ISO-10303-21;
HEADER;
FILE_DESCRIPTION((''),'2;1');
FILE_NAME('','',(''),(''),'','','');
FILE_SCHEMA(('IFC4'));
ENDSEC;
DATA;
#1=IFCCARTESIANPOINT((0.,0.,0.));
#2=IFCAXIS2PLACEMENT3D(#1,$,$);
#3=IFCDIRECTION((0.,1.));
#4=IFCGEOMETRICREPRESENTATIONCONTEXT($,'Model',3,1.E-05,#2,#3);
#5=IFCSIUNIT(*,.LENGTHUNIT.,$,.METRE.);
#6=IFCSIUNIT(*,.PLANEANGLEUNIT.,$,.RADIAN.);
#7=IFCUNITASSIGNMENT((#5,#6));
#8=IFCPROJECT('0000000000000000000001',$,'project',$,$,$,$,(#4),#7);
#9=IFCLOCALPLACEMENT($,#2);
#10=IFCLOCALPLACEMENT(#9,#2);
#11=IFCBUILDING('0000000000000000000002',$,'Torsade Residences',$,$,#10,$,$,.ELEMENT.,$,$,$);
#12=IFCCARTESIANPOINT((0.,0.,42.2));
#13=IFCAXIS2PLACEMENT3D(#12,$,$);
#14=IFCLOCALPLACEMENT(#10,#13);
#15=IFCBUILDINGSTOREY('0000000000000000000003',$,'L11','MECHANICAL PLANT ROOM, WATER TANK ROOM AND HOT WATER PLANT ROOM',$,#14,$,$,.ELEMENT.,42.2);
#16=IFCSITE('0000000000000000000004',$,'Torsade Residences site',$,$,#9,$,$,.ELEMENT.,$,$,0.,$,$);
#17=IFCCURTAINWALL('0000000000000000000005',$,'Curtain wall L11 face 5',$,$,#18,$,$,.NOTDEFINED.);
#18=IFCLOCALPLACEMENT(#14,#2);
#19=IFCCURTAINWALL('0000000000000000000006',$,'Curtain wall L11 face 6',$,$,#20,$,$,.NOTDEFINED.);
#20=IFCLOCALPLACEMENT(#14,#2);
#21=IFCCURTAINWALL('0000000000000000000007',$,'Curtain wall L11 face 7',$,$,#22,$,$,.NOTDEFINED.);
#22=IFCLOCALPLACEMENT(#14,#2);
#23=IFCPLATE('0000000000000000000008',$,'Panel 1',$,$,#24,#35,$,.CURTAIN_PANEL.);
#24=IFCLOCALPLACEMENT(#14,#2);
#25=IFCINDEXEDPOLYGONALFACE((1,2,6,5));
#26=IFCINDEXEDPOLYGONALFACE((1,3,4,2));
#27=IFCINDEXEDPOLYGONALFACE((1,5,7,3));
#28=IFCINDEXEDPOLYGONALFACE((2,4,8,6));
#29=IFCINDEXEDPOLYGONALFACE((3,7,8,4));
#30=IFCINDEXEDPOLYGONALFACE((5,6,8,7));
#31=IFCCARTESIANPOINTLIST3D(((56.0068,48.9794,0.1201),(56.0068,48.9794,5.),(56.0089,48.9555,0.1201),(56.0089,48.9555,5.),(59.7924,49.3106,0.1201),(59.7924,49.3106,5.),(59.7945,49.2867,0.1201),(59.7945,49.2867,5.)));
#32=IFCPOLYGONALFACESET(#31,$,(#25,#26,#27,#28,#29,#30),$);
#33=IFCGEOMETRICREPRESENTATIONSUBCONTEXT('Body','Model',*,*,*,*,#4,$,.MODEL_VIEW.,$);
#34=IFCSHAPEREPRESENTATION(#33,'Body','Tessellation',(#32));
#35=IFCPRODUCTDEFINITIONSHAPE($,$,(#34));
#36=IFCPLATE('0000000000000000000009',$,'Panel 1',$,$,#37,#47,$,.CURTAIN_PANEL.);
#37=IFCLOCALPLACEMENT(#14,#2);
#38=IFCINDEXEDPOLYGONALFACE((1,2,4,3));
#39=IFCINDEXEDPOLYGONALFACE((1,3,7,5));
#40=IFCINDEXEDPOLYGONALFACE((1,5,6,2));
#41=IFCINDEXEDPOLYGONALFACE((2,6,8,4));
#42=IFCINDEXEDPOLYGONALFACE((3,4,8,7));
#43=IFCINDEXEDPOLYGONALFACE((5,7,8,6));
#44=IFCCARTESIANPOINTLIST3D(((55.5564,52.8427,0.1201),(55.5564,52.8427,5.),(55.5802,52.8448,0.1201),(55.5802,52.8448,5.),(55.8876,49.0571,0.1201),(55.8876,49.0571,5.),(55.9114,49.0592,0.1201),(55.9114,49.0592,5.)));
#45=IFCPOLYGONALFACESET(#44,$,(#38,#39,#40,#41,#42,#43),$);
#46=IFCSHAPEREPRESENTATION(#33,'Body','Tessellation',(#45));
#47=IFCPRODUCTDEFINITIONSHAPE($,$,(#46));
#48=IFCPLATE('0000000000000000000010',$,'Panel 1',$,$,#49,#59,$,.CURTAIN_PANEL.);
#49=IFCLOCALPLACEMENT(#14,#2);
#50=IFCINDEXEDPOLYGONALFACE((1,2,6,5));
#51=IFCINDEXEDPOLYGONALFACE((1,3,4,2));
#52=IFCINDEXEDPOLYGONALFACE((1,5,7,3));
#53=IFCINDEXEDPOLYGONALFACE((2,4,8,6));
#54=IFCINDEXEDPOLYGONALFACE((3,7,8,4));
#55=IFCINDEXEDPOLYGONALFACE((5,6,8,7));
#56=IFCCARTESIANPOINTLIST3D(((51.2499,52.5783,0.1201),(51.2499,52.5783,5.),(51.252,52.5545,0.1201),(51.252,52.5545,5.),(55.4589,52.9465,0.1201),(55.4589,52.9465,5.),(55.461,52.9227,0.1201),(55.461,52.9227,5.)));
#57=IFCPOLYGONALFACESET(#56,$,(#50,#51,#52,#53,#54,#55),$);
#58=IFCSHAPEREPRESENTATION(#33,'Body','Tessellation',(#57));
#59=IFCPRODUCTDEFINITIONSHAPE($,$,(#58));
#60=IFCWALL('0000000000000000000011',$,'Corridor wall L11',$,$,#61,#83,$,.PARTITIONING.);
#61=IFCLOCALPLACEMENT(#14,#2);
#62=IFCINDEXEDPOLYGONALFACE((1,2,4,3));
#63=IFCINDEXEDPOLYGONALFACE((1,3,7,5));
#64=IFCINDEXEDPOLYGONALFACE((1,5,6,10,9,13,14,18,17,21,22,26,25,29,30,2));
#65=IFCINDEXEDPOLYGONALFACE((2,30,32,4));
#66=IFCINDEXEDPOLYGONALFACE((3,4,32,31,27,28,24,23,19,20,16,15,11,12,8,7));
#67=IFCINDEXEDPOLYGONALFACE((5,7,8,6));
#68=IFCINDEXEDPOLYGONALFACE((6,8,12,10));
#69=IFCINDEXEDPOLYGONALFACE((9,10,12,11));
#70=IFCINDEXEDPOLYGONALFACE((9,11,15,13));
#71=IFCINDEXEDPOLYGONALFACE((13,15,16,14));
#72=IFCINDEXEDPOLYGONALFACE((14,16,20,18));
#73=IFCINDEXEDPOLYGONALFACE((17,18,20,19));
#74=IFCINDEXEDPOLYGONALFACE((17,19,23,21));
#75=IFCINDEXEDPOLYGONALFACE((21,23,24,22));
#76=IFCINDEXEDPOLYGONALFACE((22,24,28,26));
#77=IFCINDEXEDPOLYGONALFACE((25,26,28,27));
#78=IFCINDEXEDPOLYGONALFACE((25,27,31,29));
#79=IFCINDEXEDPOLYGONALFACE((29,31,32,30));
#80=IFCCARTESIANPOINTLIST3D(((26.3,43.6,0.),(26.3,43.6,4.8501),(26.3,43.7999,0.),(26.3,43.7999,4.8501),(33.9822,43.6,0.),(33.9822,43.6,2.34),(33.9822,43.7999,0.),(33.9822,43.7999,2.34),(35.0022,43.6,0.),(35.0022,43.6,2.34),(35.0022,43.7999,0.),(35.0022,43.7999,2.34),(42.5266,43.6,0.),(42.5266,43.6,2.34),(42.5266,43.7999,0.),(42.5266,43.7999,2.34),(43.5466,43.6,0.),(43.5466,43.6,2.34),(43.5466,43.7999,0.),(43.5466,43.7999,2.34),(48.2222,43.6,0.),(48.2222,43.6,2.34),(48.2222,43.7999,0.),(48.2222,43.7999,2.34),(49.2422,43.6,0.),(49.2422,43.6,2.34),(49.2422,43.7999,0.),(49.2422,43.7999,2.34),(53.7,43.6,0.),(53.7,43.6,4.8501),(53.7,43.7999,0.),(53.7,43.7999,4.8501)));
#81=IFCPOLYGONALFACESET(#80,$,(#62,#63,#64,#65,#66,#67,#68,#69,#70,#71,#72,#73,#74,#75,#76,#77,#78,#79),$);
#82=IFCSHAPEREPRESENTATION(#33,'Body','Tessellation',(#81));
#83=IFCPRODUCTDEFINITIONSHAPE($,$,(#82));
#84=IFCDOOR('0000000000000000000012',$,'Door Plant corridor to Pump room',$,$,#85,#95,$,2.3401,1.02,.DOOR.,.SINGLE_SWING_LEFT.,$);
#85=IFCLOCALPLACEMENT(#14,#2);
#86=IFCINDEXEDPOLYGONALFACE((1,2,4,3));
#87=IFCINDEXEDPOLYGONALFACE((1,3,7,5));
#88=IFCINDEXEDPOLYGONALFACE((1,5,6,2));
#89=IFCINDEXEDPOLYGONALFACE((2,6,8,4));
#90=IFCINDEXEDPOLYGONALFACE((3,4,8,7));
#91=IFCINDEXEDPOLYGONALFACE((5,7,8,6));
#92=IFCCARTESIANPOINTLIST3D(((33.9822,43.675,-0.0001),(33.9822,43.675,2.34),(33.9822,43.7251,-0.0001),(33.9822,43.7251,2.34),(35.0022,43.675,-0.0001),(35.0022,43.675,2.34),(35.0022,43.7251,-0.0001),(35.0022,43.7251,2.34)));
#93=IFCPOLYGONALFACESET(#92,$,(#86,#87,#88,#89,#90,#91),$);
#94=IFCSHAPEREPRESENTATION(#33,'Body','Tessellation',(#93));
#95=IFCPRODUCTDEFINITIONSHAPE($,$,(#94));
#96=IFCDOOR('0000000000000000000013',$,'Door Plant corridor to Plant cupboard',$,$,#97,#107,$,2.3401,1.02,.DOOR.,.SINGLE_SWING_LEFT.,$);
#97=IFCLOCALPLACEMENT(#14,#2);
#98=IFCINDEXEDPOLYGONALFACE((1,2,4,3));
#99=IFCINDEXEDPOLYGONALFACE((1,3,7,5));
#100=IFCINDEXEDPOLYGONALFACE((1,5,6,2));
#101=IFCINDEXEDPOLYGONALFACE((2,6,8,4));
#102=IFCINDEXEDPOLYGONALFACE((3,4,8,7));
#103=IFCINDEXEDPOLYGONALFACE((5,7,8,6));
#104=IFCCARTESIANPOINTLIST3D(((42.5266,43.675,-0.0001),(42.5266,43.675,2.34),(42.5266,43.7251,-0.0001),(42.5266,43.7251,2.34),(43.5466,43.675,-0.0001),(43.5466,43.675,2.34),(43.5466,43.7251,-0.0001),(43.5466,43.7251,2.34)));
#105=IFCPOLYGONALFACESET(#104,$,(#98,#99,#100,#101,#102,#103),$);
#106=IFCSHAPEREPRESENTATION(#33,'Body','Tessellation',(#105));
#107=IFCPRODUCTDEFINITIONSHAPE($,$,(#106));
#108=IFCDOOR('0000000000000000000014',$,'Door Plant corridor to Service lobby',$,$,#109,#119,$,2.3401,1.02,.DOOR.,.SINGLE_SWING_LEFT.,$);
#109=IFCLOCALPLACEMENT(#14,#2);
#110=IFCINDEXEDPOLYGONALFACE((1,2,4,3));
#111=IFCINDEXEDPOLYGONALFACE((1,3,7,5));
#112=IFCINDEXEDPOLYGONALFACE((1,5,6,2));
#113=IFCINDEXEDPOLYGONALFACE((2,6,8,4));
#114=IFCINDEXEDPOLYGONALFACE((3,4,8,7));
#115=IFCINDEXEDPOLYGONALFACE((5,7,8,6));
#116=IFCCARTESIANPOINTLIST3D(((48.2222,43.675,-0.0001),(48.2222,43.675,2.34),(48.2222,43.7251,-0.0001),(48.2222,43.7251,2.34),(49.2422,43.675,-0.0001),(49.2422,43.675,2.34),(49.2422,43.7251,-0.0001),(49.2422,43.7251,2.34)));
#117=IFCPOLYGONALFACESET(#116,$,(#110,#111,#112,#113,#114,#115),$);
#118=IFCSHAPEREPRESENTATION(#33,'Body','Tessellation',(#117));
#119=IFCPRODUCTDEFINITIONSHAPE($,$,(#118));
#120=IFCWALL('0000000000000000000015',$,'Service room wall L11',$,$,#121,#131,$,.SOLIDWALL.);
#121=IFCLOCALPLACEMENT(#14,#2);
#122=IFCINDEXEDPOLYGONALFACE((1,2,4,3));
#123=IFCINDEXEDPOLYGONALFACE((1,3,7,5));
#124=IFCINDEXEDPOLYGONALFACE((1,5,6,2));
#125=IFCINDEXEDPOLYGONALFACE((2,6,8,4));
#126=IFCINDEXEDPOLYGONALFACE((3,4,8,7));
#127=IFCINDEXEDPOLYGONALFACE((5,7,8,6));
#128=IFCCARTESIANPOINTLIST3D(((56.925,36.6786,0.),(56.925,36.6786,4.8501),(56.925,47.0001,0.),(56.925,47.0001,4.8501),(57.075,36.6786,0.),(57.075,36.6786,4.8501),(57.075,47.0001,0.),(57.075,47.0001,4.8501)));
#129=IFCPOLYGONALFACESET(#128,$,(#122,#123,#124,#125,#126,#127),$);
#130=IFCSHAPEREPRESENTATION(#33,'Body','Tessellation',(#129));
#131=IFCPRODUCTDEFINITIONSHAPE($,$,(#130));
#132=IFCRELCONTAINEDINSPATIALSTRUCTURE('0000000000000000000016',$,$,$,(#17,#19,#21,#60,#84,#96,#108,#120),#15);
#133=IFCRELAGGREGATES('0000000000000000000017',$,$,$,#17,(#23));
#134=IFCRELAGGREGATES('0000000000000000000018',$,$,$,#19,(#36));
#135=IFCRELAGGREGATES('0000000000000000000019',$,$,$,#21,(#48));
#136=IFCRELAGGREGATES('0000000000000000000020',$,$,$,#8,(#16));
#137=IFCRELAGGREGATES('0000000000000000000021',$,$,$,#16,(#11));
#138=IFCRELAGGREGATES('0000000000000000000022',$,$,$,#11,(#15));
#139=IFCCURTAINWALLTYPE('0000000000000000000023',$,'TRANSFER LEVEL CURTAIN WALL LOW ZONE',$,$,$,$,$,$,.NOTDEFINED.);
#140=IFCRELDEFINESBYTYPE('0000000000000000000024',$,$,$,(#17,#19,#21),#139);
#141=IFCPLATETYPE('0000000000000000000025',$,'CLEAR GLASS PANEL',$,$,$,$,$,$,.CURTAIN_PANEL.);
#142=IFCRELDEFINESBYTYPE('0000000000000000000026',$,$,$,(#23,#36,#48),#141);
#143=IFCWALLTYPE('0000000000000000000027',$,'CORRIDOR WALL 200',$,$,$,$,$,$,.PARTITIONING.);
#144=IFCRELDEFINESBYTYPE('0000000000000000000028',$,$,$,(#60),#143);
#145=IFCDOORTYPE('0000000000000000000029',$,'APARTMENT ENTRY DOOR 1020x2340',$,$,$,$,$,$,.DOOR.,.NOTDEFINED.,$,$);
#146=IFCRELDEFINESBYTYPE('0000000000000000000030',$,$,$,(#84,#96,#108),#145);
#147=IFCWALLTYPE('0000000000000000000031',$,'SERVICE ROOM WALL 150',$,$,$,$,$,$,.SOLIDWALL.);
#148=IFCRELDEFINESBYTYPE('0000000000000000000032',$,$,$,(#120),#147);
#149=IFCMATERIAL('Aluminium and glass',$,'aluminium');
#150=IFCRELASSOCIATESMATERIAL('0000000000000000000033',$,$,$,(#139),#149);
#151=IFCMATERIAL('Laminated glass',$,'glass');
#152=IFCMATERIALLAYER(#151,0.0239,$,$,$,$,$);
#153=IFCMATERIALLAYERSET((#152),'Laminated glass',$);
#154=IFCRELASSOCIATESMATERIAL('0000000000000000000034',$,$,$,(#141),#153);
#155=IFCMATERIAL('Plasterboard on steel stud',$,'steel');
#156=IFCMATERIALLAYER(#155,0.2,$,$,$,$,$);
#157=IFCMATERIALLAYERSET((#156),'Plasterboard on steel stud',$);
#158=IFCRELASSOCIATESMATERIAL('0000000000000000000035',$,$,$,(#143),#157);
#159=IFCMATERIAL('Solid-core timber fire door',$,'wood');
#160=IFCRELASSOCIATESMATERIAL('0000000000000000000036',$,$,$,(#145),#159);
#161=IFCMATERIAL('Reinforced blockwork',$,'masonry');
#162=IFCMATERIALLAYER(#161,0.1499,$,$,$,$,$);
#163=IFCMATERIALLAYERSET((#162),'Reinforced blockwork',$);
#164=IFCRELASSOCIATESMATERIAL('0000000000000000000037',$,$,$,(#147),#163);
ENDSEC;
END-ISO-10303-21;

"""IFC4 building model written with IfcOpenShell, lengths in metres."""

from ifc_helpers import new_model, si_unit, direction, frame, frame_2d, origin, origin_2d, place, context, subcontext, project, spatial, rectangle, extrude, material, layer, layer_set, type_object, element, fill, aggregate, save


model = new_model("IFC4")

# Units and contexts
model_context = context("Model", 3, precision=1e-05, world=origin(), true_north=direction((0.0, 1.0)))
body_context = subcontext(model_context, "Body", "Model", "MODEL_VIEW")
ifc_project = project(units=[si_unit("LENGTHUNIT", "METRE"), si_unit("PLANEANGLEUNIT", "RADIAN")], contexts=[model_context])

# Site, building, storey
site_placement = place(None, origin())
site = spatial("IfcSite", under=ifc_project, at=site_placement, Name="Torsade Residences site", CompositionType="ELEMENT", RefElevation=0.0)
building_placement = place(site_placement, origin())
building = spatial("IfcBuilding", under=site, at=building_placement, Name="Torsade Residences", CompositionType="ELEMENT")
storey_placement = place(building_placement, frame((0.0, 0.0, 42.2)))
storey = spatial("IfcBuildingStorey", under=building, at=storey_placement, Name="L11", Description="MECHANICAL PLANT ROOM, WATER TANK ROOM AND HOT WATER PLANT ROOM", CompositionType="ELEMENT", Elevation=42.2)

# Curtain walls
ifc_material_1 = material(Name="Aluminium and glass", Category="aluminium")
curtain_wall_type = type_object("IfcCurtainWallType", Name="TRANSFER LEVEL CURTAIN WALL LOW ZONE", PredefinedType="NOTDEFINED", material=ifc_material_1)
curtain_wall_1_placement = place(storey_placement, origin())
curtain_wall_1 = element("IfcCurtainWall", 1, at=curtain_wall_1_placement, inside=storey, type_object=curtain_wall_type, Name="Curtain wall L11 face 5", PredefinedType="NOTDEFINED")
curtain_wall_2_placement = place(storey_placement, origin())
curtain_wall_2 = element("IfcCurtainWall", 2, at=curtain_wall_2_placement, inside=storey, type_object=curtain_wall_type, Name="Curtain wall L11 face 6", PredefinedType="NOTDEFINED")

# Curtain wall
curtain_wall_3_placement = place(storey_placement, origin())
curtain_wall_3 = element("IfcCurtainWall", 3, at=curtain_wall_3_placement, inside=storey, type_object=curtain_wall_type, Name="Curtain wall L11 face 7", PredefinedType="NOTDEFINED")

# Plates
ifc_material_2 = material(Name="Laminated glass", Category="glass")
ifc_layer_1 = layer(ifc_material_2, 0.0239)
ifc_layer_set_1 = layer_set([ifc_layer_1], Name="Laminated glass")
plate_type = type_object("IfcPlateType", Name="CLEAR GLASS PANEL", PredefinedType="CURTAIN_PANEL", material=ifc_layer_set_1)
plate_1_placement = place(storey_placement, frame((57.9006, 49.1331, 0.1201), z_axis=(0.0, 0.0, 1.0), x_axis=(-0.996195, -0.087156, 0.0)))
plate_1 = element("IfcPlate", 4, at=plate_1_placement, type_object=plate_type, Name="Panel 1", PredefinedType="CURTAIN_PANEL", context=body_context, shape_type="SweptSolid", body=[
    extrude(rectangle(XDim=3.8, YDim=0.0239, at=origin_2d()), origin(), (0.0, 0.0, 1.0), 4.8799),
])
aggregate(curtain_wall_1, [plate_1])
plate_2_placement = place(storey_placement, frame((55.7339, 50.9509, 0.1201), z_axis=(0.0, 0.0, 1.0), x_axis=(-0.087156, 0.996195, 0.0)))
plate_2 = element("IfcPlate", 5, at=plate_2_placement, type_object=plate_type, Name="Panel 1", PredefinedType="CURTAIN_PANEL", context=body_context, shape_type="SweptSolid", body=[
    extrude(rectangle(XDim=3.8, YDim=0.0239, at=origin_2d()), origin(), (0.0, 0.0, 1.0), 4.8799),
])
aggregate(curtain_wall_2, [plate_2])
plate_3_placement = place(storey_placement, frame((53.3555, 52.7505, 0.1201), z_axis=(0.0, 0.0, 1.0), x_axis=(-0.996195, -0.087156, 0.0)))
plate_3 = element("IfcPlate", 6, at=plate_3_placement, type_object=plate_type, Name="Panel 1", PredefinedType="CURTAIN_PANEL", context=body_context, shape_type="SweptSolid", body=[
    extrude(rectangle(XDim=4.2251, YDim=0.0239, at=origin_2d()), origin(), (0.0, 0.0, 1.0), 4.8799),
])
aggregate(curtain_wall_3, [plate_3])

# Wall, openings, doors
ifc_material_3 = material(Name="Plasterboard on steel stud", Category="steel")
ifc_layer_2 = layer(ifc_material_3, 0.2)
ifc_layer_set_2 = layer_set([ifc_layer_2], Name="Plasterboard on steel stud")
wall_type_1 = type_object("IfcWallType", Name="CORRIDOR WALL 200", PredefinedType="PARTITIONING", material=ifc_layer_set_2)
wall_1_placement = place(storey_placement, frame((53.7, 43.7, 0.0), z_axis=(0.0, 0.0, 1.0), x_axis=(-1.0, 0.0, 0.0)))
wall_1 = element("IfcWall", 7, at=wall_1_placement, inside=storey, type_object=wall_type_1, Name="Corridor wall L11", PredefinedType="PARTITIONING", context=body_context, shape_type="SweptSolid", body=[
    extrude(rectangle(XDim=27.3999, YDim=0.2, at=frame_2d((13.7, 0.0))), origin(), (0.0, 0.0, 1.0), 4.8501),
])
opening_1_placement = place(wall_1_placement, frame((18.6978, 0.0, 0.0)))
opening_1 = element("IfcOpeningElement", 8, at=opening_1_placement, cuts=wall_1, PredefinedType="OPENING", context=body_context, shape_type="SweptSolid", body=[
    extrude(rectangle(XDim=1.02, YDim=2.3401, at=frame_2d((0.51, 1.1699))), frame((0.0, 0.1099, 0.0), z_axis=(0.0, -1.0, 0.0), x_axis=(1.0, 0.0, 0.0)), (0.0, 0.0, 1.0), 0.22),
])
opening_2_placement = place(wall_1_placement, frame((10.1533, 0.0, 0.0)))
opening_2 = element("IfcOpeningElement", 9, at=opening_2_placement, cuts=wall_1, PredefinedType="OPENING", context=body_context, shape_type="SweptSolid", body=[
    extrude(rectangle(XDim=1.02, YDim=2.3401, at=frame_2d((0.51, 1.1699))), frame((0.0, 0.1099, 0.0), z_axis=(0.0, -1.0, 0.0), x_axis=(1.0, 0.0, 0.0)), (0.0, 0.0, 1.0), 0.22),
])
opening_3_placement = place(wall_1_placement, frame((4.4578, 0.0, 0.0)))
opening_3 = element("IfcOpeningElement", 10, at=opening_3_placement, cuts=wall_1, PredefinedType="OPENING", context=body_context, shape_type="SweptSolid", body=[
    extrude(rectangle(XDim=1.02, YDim=2.3401, at=frame_2d((0.51, 1.1699))), frame((0.0, 0.1099, 0.0), z_axis=(0.0, -1.0, 0.0), x_axis=(1.0, 0.0, 0.0)), (0.0, 0.0, 1.0), 0.22),
])
ifc_material_4 = material(Name="Solid-core timber fire door", Category="wood")
door_type = type_object("IfcDoorType", Name="APARTMENT ENTRY DOOR 1020x2340", OperationType="NOTDEFINED", PredefinedType="DOOR", material=ifc_material_4)
door_1_placement = place(opening_1_placement, origin())
door_1 = element("IfcDoor", 11, at=door_1_placement, inside=storey, type_object=door_type, Name="Door Plant corridor to Pump room", OperationType="SINGLE_SWING_LEFT", OverallHeight=2.3401, OverallWidth=1.02, PredefinedType="DOOR", context=body_context, shape_type="SweptSolid", body=[
    extrude(rectangle(XDim=1.02, YDim=2.3401, at=frame_2d((0.51, 1.1699))), frame((0.0, 0.0249, 0.0), z_axis=(0.0, -1.0, 0.0), x_axis=(1.0, 0.0, 0.0)), (0.0, 0.0, 1.0), 0.05),
])
fill(opening_1, door_1)
door_2_placement = place(opening_2_placement, origin())
door_2 = element("IfcDoor", 12, at=door_2_placement, inside=storey, type_object=door_type, Name="Door Plant corridor to Plant cupboard", OperationType="SINGLE_SWING_LEFT", OverallHeight=2.3401, OverallWidth=1.02, PredefinedType="DOOR", context=body_context, shape_type="SweptSolid", body=[
    extrude(rectangle(XDim=1.02, YDim=2.3401, at=frame_2d((0.51, 1.1699))), frame((0.0, 0.0249, 0.0), z_axis=(0.0, -1.0, 0.0), x_axis=(1.0, 0.0, 0.0)), (0.0, 0.0, 1.0), 0.05),
])
fill(opening_2, door_2)
door_3_placement = place(opening_3_placement, origin())
door_3 = element("IfcDoor", 13, at=door_3_placement, inside=storey, type_object=door_type, Name="Door Plant corridor to Service lobby", OperationType="SINGLE_SWING_LEFT", OverallHeight=2.3401, OverallWidth=1.02, PredefinedType="DOOR", context=body_context, shape_type="SweptSolid", body=[
    extrude(rectangle(XDim=1.02, YDim=2.3401, at=frame_2d((0.51, 1.1699))), frame((0.0, 0.0249, 0.0), z_axis=(0.0, -1.0, 0.0), x_axis=(1.0, 0.0, 0.0)), (0.0, 0.0, 1.0), 0.05),
])
fill(opening_3, door_3)

# Wall
ifc_material_5 = material(Name="Reinforced blockwork", Category="masonry")
ifc_layer_3 = layer(ifc_material_5, 0.1499)
ifc_layer_set_3 = layer_set([ifc_layer_3], Name="Reinforced blockwork")
wall_type_2 = type_object("IfcWallType", Name="SERVICE ROOM WALL 150", PredefinedType="SOLIDWALL", material=ifc_layer_set_3)
wall_2_placement = place(storey_placement, frame((57.0, 47.0, 0.0), z_axis=(0.0, 0.0, 1.0), x_axis=(0.0, -1.0, 0.0)))
element("IfcWall", 14, at=wall_2_placement, inside=storey, type_object=wall_type_2, Name="Service room wall L11", PredefinedType="SOLIDWALL", context=body_context, shape_type="SweptSolid", body=[
    extrude(rectangle(XDim=10.3215, YDim=0.1499, at=frame_2d((5.1606, 0.0))), origin(), (0.0, 0.0, 1.0), 4.8501),
])

save(model, "model.ifc")
